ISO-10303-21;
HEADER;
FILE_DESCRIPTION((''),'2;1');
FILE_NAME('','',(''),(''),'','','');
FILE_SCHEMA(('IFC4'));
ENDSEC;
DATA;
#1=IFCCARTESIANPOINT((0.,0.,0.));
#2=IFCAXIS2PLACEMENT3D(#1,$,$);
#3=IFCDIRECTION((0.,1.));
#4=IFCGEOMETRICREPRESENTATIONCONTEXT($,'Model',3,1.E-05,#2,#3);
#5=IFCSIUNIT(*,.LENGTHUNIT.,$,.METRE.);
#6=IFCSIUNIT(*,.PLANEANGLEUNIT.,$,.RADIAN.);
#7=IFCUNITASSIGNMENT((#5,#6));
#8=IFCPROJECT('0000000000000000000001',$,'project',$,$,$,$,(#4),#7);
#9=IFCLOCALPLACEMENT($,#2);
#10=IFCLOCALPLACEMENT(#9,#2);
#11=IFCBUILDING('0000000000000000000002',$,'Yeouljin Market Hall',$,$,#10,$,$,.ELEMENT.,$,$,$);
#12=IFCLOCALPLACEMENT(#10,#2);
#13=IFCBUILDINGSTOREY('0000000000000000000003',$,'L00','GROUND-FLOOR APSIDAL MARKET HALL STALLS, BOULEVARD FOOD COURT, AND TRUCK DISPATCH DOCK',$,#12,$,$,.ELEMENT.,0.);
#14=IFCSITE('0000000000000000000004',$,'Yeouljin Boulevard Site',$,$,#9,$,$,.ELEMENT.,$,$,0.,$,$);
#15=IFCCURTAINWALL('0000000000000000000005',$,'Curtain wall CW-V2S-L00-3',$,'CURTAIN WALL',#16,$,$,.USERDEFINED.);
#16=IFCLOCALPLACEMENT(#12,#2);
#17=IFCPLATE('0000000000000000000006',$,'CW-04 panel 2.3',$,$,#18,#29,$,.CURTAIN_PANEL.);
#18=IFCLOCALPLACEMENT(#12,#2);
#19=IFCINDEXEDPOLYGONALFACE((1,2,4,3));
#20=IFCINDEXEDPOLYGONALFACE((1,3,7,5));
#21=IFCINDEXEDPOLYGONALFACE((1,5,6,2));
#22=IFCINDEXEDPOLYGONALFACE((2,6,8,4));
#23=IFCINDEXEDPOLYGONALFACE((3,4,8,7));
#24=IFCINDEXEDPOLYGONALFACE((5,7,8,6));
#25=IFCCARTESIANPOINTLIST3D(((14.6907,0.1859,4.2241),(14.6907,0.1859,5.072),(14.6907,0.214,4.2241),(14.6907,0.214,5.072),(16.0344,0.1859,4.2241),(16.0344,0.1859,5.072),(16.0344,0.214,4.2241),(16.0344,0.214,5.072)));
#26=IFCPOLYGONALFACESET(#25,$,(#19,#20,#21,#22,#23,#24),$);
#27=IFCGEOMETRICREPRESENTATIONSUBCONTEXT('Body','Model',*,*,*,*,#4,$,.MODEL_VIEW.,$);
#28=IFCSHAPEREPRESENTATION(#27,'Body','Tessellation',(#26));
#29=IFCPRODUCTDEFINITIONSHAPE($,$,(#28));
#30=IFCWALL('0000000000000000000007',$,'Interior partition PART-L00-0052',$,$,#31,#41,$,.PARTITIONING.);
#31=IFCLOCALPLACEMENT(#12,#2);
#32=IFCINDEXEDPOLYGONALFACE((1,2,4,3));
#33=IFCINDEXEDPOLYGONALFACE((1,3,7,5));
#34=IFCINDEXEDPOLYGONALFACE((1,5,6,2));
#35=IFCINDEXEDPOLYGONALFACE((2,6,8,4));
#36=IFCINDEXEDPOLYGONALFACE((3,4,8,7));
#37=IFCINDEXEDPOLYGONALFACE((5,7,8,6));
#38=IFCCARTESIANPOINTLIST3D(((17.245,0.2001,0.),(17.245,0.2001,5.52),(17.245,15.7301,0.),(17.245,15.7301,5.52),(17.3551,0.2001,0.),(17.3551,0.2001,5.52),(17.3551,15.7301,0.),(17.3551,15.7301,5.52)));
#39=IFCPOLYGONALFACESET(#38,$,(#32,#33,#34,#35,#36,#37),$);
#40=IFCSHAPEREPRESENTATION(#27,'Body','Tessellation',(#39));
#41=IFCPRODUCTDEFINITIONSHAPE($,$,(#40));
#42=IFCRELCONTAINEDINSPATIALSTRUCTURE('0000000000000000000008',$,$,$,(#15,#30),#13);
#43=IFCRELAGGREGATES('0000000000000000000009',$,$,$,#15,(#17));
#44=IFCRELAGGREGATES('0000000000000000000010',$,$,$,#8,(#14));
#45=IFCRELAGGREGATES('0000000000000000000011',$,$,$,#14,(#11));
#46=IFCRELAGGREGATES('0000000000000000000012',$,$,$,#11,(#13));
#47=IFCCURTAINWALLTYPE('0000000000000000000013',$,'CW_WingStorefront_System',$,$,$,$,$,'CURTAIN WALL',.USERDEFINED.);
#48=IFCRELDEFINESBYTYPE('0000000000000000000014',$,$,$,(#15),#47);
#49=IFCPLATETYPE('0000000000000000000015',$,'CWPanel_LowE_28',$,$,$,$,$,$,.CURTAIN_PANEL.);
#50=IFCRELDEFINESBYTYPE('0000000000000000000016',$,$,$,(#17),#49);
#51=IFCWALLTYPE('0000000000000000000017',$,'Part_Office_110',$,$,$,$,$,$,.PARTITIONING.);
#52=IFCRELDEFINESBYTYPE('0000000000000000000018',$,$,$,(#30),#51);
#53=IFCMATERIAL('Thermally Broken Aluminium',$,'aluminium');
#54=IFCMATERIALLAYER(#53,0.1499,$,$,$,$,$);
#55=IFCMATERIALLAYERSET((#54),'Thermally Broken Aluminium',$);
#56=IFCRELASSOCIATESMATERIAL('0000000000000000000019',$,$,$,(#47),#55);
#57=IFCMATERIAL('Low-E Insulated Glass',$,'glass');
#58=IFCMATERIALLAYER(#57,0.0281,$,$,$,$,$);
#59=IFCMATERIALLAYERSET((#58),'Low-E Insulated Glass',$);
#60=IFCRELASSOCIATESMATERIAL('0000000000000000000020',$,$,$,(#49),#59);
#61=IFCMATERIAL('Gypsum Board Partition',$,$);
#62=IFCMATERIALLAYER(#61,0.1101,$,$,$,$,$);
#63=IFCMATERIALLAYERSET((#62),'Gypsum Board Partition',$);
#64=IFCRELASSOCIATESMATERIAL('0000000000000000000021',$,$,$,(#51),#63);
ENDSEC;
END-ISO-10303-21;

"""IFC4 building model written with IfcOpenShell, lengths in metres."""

from ifc_helpers import new_model, si_unit, direction, frame, frame_2d, origin, origin_2d, place, context, subcontext, project, spatial, rectangle, extrude, material, layer, layer_set, type_object, element, aggregate, save


model = new_model("IFC4")

# Units and contexts
model_context = context("Model", 3, precision=1e-05, world=origin(), true_north=direction((0.0, 1.0)))
body_context = subcontext(model_context, "Body", "Model", "MODEL_VIEW")
ifc_project = project(units=[si_unit("LENGTHUNIT", "METRE"), si_unit("PLANEANGLEUNIT", "RADIAN")], contexts=[model_context])

# Site, building, storey
site_placement = place(None, origin())
site = spatial("IfcSite", under=ifc_project, at=site_placement, Name="Yeouljin Boulevard Site", CompositionType="ELEMENT", RefElevation=0.0)
building_placement = place(site_placement, origin())
building = spatial("IfcBuilding", under=site, at=building_placement, Name="Yeouljin Market Hall", CompositionType="ELEMENT")
storey_placement = place(building_placement, origin())
storey = spatial("IfcBuildingStorey", under=building, at=storey_placement, Name="L00", Description="GROUND-FLOOR APSIDAL MARKET HALL STALLS, BOULEVARD FOOD COURT, AND TRUCK DISPATCH DOCK", CompositionType="ELEMENT", Elevation=0.0)

# Curtain wall, plate
ifc_material_1 = material(Name="Thermally Broken Aluminium", Category="aluminium")
ifc_layer_1 = layer(ifc_material_1, 0.1499)
ifc_layer_set_1 = layer_set([ifc_layer_1], Name="Thermally Broken Aluminium")
curtain_wall_type = type_object("IfcCurtainWallType", Name="CW_WingStorefront_System", ElementType="CURTAIN WALL", PredefinedType="USERDEFINED", material=ifc_layer_set_1)
curtain_wall_placement = place(storey_placement, origin())
curtain_wall = element("IfcCurtainWall", 1, at=curtain_wall_placement, inside=storey, type_object=curtain_wall_type, Name="Curtain wall CW-V2S-L00-3", ObjectType="CURTAIN WALL", PredefinedType="USERDEFINED")
ifc_material_2 = material(Name="Low-E Insulated Glass", Category="glass")
ifc_layer_2 = layer(ifc_material_2, 0.0281)
ifc_layer_set_2 = layer_set([ifc_layer_2], Name="Low-E Insulated Glass")
plate_type = type_object("IfcPlateType", Name="CWPanel_LowE_28", PredefinedType="CURTAIN_PANEL", material=ifc_layer_set_2)
plate_1_placement = place(storey_placement, frame((15.3625, 0.2, 4.2241), z_axis=(0.0, 0.0, 1.0), x_axis=(-1.0, 0.0, 0.0)))
plate_1 = element("IfcPlate", 2, at=plate_1_placement, type_object=plate_type, Name="CW-04 panel 2.3", PredefinedType="CURTAIN_PANEL", context=body_context, shape_type="SweptSolid", body=[
    extrude(rectangle(XDim=1.3438, YDim=0.0281, at=origin_2d()), origin(), (0.0, 0.0, 1.0), 0.8479),
])
aggregate(curtain_wall, [plate_1])

# Wall
ifc_material_3 = material(Name="Gypsum Board Partition")
ifc_layer_3 = layer(ifc_material_3, 0.1101)
ifc_layer_set_3 = layer_set([ifc_layer_3], Name="Gypsum Board Partition")
wall_type = type_object("IfcWallType", Name="Part_Office_110", PredefinedType="PARTITIONING", material=ifc_layer_set_3)
wall_placement = place(storey_placement, frame((17.3, 0.2, 0.0), z_axis=(0.0, 0.0, 1.0), x_axis=(0.0, 1.0, 0.0)))
element("IfcWall", 3, at=wall_placement, inside=storey, type_object=wall_type, Name="Interior partition PART-L00-0052", PredefinedType="PARTITIONING", context=body_context, shape_type="SweptSolid", body=[
    extrude(rectangle(XDim=15.53, YDim=0.1101, at=frame_2d((7.7651, 0.0))), origin(), (0.0, 0.0, 1.0), 5.52),
])

save(model, "model.ifc")
